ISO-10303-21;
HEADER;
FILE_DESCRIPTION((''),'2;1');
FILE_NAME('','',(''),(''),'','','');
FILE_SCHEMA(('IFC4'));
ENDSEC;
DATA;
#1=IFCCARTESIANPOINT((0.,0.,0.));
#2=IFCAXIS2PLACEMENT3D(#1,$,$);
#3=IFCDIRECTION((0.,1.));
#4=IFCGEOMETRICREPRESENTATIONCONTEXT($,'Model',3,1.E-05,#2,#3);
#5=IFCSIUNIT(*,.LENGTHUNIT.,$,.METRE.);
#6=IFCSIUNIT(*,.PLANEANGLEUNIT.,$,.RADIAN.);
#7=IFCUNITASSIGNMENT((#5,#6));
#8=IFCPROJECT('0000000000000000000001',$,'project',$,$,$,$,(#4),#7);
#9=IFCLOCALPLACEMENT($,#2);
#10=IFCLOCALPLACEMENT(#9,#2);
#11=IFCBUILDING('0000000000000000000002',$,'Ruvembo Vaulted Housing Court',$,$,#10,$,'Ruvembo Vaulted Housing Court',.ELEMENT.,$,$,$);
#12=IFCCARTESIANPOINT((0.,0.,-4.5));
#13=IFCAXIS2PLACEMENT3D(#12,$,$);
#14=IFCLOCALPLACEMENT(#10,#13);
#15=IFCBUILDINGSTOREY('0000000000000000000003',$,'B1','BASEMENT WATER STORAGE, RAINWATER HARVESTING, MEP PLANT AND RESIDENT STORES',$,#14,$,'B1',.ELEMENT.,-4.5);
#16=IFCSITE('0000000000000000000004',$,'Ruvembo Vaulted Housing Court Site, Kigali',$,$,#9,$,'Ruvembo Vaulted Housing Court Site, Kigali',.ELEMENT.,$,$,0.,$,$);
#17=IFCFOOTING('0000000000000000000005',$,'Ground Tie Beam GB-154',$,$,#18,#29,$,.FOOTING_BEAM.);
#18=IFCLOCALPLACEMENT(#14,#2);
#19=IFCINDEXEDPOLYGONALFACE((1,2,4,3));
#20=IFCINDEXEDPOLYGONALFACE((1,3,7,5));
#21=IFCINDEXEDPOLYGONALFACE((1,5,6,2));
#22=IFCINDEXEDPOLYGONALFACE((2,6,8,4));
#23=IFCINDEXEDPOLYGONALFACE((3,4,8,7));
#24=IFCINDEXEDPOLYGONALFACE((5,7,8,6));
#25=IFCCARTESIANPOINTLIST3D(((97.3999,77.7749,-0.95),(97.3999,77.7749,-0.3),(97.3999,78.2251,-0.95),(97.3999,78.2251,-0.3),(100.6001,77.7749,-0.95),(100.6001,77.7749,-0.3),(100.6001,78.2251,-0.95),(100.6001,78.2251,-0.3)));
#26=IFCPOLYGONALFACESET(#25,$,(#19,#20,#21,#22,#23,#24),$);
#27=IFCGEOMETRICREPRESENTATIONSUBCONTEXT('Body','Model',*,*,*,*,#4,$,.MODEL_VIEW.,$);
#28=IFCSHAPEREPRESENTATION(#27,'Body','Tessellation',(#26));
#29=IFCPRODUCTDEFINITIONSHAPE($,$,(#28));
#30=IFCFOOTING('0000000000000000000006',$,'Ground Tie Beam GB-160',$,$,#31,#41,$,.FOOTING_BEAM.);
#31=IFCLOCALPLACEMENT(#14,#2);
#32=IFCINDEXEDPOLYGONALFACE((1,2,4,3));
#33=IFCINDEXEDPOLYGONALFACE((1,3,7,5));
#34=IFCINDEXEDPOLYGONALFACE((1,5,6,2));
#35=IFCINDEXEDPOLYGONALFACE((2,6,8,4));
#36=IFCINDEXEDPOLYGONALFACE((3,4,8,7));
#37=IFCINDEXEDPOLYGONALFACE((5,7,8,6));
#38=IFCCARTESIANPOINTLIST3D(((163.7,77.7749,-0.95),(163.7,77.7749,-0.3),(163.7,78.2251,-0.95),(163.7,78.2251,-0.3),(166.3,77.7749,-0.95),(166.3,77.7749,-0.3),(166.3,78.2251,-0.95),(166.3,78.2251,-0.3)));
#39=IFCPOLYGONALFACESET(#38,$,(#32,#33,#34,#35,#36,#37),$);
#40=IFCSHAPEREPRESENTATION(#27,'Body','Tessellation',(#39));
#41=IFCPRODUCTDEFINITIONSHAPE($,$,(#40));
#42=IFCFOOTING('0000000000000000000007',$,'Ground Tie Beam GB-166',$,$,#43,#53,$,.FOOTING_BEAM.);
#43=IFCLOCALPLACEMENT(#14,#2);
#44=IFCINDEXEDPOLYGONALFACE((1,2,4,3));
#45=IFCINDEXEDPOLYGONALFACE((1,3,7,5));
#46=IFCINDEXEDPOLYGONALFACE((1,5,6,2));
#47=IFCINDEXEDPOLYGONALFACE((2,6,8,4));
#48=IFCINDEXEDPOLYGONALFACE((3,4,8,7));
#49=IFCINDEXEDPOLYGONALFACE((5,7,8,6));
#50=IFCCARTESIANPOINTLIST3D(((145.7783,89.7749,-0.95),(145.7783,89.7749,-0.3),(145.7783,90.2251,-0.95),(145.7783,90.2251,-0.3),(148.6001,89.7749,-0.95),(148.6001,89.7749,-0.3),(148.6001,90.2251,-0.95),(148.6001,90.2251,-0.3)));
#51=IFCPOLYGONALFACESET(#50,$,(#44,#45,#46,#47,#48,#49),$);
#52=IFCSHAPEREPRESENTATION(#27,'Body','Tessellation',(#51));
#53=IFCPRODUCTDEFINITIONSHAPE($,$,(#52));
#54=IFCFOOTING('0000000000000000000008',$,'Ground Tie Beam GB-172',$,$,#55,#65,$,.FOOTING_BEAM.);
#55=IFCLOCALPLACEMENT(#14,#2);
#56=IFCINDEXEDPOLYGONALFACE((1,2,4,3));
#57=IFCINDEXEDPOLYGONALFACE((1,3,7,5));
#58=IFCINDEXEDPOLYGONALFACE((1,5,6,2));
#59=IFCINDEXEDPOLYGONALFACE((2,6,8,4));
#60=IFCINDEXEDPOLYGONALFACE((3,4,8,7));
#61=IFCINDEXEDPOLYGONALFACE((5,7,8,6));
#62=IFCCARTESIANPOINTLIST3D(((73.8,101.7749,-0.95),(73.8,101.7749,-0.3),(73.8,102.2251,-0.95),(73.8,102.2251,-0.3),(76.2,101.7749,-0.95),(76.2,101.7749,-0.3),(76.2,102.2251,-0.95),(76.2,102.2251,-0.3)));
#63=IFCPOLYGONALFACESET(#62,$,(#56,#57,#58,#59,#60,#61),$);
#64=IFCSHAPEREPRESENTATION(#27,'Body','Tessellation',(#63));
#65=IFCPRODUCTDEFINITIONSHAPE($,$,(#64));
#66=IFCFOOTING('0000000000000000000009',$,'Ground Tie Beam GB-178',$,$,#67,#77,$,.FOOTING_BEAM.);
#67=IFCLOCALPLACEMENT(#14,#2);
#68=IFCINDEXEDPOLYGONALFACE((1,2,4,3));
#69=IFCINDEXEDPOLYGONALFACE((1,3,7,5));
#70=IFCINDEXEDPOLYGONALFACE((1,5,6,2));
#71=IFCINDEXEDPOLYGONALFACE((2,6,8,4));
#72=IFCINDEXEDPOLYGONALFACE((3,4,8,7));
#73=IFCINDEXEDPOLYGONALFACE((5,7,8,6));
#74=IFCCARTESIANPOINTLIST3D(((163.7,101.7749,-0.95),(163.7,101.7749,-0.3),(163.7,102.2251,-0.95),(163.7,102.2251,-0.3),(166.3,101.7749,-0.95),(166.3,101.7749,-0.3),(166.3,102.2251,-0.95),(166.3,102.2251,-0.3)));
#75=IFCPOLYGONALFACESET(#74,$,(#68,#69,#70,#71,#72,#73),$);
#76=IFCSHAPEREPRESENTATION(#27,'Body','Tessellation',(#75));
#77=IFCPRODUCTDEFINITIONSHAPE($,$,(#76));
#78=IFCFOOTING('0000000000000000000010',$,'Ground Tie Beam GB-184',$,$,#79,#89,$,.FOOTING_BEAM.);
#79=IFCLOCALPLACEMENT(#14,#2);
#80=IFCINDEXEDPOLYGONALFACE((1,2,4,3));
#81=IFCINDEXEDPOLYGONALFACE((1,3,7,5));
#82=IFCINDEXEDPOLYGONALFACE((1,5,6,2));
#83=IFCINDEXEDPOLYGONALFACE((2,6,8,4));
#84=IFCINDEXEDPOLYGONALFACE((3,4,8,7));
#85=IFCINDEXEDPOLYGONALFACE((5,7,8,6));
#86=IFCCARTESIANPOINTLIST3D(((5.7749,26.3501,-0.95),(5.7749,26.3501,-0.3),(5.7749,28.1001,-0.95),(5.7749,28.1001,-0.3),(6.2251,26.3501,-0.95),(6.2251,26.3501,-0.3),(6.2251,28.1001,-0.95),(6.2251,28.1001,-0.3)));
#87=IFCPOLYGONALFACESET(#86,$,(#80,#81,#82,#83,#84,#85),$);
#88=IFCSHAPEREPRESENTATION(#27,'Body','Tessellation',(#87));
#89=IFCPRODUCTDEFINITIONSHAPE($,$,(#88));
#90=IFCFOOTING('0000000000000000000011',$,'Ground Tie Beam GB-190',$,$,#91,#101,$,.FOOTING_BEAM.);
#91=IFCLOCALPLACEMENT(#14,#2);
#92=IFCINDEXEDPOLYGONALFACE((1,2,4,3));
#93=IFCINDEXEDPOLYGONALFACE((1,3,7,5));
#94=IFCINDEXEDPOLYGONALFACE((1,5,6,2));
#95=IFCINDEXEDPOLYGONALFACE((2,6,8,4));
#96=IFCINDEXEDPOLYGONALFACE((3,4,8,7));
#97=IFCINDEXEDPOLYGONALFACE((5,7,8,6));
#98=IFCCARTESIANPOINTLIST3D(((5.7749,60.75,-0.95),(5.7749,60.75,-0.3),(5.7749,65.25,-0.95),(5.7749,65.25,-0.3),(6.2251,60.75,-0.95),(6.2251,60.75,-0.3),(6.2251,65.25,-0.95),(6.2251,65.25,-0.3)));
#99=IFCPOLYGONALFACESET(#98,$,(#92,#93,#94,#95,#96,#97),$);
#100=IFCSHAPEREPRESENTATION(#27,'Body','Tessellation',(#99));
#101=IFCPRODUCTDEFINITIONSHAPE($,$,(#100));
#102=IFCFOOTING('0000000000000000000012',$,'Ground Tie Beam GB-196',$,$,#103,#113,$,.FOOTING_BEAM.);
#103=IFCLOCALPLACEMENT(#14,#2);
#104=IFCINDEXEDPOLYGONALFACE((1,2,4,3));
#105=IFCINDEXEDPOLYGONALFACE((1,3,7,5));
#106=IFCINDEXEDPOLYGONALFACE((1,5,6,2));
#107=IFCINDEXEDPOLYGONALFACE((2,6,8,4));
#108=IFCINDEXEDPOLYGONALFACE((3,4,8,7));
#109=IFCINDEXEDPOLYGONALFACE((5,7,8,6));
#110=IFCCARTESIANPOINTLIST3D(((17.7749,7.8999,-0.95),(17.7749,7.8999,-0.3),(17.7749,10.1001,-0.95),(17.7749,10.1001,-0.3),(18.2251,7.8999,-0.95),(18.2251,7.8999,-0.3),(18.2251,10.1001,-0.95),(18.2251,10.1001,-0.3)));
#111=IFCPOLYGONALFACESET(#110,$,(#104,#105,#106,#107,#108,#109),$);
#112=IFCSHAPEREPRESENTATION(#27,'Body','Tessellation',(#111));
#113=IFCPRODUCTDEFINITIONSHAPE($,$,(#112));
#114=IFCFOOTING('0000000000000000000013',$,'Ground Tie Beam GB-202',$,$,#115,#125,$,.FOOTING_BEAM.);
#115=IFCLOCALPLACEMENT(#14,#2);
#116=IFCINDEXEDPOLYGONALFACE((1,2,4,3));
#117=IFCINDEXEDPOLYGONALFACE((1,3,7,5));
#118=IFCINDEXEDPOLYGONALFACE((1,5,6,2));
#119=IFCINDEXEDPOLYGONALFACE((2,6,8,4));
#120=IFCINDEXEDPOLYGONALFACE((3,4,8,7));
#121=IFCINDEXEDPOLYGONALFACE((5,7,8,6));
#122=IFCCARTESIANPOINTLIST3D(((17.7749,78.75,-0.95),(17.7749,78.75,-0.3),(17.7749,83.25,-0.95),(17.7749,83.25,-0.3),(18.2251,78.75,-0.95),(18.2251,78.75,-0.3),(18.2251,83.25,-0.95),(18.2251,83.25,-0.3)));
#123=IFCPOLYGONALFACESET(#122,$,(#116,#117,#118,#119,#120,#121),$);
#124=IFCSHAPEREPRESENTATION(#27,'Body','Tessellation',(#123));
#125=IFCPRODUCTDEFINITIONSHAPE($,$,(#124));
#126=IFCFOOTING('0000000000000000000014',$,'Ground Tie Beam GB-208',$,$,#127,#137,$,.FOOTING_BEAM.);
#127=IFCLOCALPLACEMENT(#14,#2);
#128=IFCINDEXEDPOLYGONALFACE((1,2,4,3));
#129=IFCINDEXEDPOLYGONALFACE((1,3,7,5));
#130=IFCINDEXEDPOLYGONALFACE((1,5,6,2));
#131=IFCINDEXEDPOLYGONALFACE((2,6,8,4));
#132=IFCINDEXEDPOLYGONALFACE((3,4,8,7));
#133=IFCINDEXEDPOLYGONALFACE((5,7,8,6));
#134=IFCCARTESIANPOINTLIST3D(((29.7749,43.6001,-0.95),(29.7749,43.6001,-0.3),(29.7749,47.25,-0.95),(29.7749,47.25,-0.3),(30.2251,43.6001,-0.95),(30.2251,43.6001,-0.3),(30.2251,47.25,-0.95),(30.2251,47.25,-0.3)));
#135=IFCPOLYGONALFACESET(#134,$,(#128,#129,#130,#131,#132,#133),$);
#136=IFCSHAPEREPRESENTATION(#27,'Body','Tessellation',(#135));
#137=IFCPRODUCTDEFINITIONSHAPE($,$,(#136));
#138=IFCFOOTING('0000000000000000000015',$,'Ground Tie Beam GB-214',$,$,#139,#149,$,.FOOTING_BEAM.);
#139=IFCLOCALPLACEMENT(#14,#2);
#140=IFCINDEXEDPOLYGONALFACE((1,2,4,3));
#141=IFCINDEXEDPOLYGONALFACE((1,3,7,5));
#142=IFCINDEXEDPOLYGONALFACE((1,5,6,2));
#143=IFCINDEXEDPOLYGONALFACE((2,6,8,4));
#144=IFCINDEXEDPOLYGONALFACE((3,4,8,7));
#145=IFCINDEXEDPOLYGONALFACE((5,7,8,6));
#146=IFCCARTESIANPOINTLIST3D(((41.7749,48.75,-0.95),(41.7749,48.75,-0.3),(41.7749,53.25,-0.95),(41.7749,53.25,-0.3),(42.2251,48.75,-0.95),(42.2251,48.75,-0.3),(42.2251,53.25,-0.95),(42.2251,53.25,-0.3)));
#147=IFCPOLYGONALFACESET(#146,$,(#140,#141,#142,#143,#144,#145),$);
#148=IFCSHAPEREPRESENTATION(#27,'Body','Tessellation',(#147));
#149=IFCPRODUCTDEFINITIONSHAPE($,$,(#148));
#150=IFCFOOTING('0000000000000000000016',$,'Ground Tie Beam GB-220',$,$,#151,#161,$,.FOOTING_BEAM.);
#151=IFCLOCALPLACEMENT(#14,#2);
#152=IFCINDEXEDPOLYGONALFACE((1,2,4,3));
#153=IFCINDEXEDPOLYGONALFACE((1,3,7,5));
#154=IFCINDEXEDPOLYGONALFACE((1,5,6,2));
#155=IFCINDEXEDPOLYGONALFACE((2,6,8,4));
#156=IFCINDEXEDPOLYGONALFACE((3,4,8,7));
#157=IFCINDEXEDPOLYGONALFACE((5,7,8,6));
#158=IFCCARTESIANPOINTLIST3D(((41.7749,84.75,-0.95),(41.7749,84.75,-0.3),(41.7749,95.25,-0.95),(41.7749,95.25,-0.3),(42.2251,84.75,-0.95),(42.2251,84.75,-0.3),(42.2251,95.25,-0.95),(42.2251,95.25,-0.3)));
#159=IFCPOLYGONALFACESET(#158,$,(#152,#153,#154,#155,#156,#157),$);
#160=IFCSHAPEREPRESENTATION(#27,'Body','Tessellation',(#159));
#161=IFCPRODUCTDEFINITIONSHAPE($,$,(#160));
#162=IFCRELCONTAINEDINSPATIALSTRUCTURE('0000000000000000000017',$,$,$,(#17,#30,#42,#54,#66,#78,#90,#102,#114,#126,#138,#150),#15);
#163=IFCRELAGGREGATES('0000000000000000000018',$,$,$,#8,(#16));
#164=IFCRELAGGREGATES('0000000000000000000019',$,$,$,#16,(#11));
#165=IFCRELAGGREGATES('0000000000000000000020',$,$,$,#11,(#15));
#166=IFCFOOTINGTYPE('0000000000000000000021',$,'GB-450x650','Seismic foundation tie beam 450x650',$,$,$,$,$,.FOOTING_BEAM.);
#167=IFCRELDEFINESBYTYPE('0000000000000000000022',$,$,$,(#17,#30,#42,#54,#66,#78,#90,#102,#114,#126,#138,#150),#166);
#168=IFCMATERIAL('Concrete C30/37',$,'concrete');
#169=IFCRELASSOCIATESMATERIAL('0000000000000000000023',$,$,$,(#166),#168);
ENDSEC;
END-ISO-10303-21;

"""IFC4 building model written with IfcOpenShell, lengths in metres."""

from ifc_helpers import new_model, si_unit, direction, frame, origin, place, context, subcontext, project, spatial, polyline, outline, extrude, material, type_object, element, save


model = new_model("IFC4")

# Units and contexts
model_context = context("Model", 3, precision=1e-05, world=origin(), true_north=direction((0.0, 1.0)))
body_context = subcontext(model_context, "Body", "Model", "MODEL_VIEW")
ifc_project = project(units=[si_unit("LENGTHUNIT", "METRE"), si_unit("PLANEANGLEUNIT", "RADIAN")], contexts=[model_context])

# Site, building, storey
site_placement = place(None, origin())
site = spatial("IfcSite", under=ifc_project, at=site_placement, Name="Ruvembo Vaulted Housing Court Site, Kigali", LongName="Ruvembo Vaulted Housing Court Site, Kigali", CompositionType="ELEMENT", RefElevation=0.0)
building_placement = place(site_placement, origin())
building = spatial("IfcBuilding", under=site, at=building_placement, Name="Ruvembo Vaulted Housing Court", LongName="Ruvembo Vaulted Housing Court", CompositionType="ELEMENT")
storey_placement = place(building_placement, frame((0.0, 0.0, -4.5)))
storey = spatial("IfcBuildingStorey", under=building, at=storey_placement, Name="B1", Description="BASEMENT WATER STORAGE, RAINWATER HARVESTING, MEP PLANT AND RESIDENT STORES", LongName="B1", CompositionType="ELEMENT", Elevation=-4.5)

# Footings
ifc_material = material(Name="Concrete C30/37", Category="concrete")
footing_type_1 = type_object("IfcFootingType", Name="GB-450x650", Description="Seismic foundation tie beam 450x650", PredefinedType="FOOTING_BEAM", material=ifc_material)
footing_1_placement = place(storey_placement, frame((0.0, 0.0, -0.95)))
element("IfcFooting", 1, at=footing_1_placement, inside=storey, type_object=footing_type_1, Name="Ground Tie Beam GB-154", PredefinedType="FOOTING_BEAM", context=body_context, shape_type="SweptSolid", body=[
    extrude(outline(polyline([(97.3999, 77.7749), (100.6001, 77.7749), (100.6001, 78.2251), (97.3999, 78.2251), (97.3999, 77.7749)])), origin(), (0.0, 0.0, 1.0), 0.6499),
])
footing_2_placement = place(storey_placement, frame((0.0, 0.0, -0.95)))
element("IfcFooting", 2, at=footing_2_placement, inside=storey, type_object=footing_type_1, Name="Ground Tie Beam GB-160", PredefinedType="FOOTING_BEAM", context=body_context, shape_type="SweptSolid", body=[
    extrude(outline(polyline([(163.7, 77.7749), (166.3, 77.7749), (166.3, 78.2251), (163.7, 78.2251), (163.7, 77.7749)])), origin(), (0.0, 0.0, 1.0), 0.6499),
])
footing_3_placement = place(storey_placement, frame((0.0, 0.0, -0.95)))
element("IfcFooting", 3, at=footing_3_placement, inside=storey, type_object=footing_type_1, Name="Ground Tie Beam GB-166", PredefinedType="FOOTING_BEAM", context=body_context, shape_type="SweptSolid", body=[
    extrude(outline(polyline([(145.7783, 89.7749), (148.6001, 89.7749), (148.6001, 90.2251), (145.7783, 90.2251), (145.7783, 89.7749)])), origin(), (0.0, 0.0, 1.0), 0.6499),
])
footing_4_placement = place(storey_placement, frame((0.0, 0.0, -0.95)))
element("IfcFooting", 4, at=footing_4_placement, inside=storey, type_object=footing_type_1, Name="Ground Tie Beam GB-172", PredefinedType="FOOTING_BEAM", context=body_context, shape_type="SweptSolid", body=[
    extrude(outline(polyline([(73.8, 101.7749), (76.2, 101.7749), (76.2, 102.2251), (73.8, 102.2251), (73.8, 101.7749)])), origin(), (0.0, 0.0, 1.0), 0.6499),
])
footing_5_placement = place(storey_placement, frame((0.0, 0.0, -0.95)))
element("IfcFooting", 5, at=footing_5_placement, inside=storey, type_object=footing_type_1, Name="Ground Tie Beam GB-178", PredefinedType="FOOTING_BEAM", context=body_context, shape_type="SweptSolid", body=[
    extrude(outline(polyline([(163.7, 101.7749), (166.3, 101.7749), (166.3, 102.2251), (163.7, 102.2251), (163.7, 101.7749)])), origin(), (0.0, 0.0, 1.0), 0.6499),
])
footing_6_placement = place(storey_placement, frame((0.0, 0.0, -0.95)))
element("IfcFooting", 6, at=footing_6_placement, inside=storey, type_object=footing_type_1, Name="Ground Tie Beam GB-184", PredefinedType="FOOTING_BEAM", context=body_context, shape_type="SweptSolid", body=[
    extrude(outline(polyline([(5.7749, 26.3501), (6.2251, 26.3501), (6.2251, 28.1001), (5.7749, 28.1001), (5.7749, 26.3501)])), origin(), (0.0, 0.0, 1.0), 0.6499),
])
footing_7_placement = place(storey_placement, frame((0.0, 0.0, -0.95)))
element("IfcFooting", 7, at=footing_7_placement, inside=storey, type_object=footing_type_1, Name="Ground Tie Beam GB-190", PredefinedType="FOOTING_BEAM", context=body_context, shape_type="SweptSolid", body=[
    extrude(outline(polyline([(5.7749, 60.75), (6.2251, 60.75), (6.2251, 65.25), (5.7749, 65.25), (5.7749, 60.75)])), origin(), (0.0, 0.0, 1.0), 0.6499),
])
footing_8_placement = place(storey_placement, frame((0.0, 0.0, -0.95)))
element("IfcFooting", 8, at=footing_8_placement, inside=storey, type_object=footing_type_1, Name="Ground Tie Beam GB-196", PredefinedType="FOOTING_BEAM", context=body_context, shape_type="SweptSolid", body=[
    extrude(outline(polyline([(17.7749, 7.8999), (18.2251, 7.8999), (18.2251, 10.1001), (17.7749, 10.1001), (17.7749, 7.8999)])), origin(), (0.0, 0.0, 1.0), 0.6499),
])
footing_9_placement = place(storey_placement, frame((0.0, 0.0, -0.95)))
element("IfcFooting", 9, at=footing_9_placement, inside=storey, type_object=footing_type_1, Name="Ground Tie Beam GB-202", PredefinedType="FOOTING_BEAM", context=body_context, shape_type="SweptSolid", body=[
    extrude(outline(polyline([(17.7749, 78.75), (18.2251, 78.75), (18.2251, 83.25), (17.7749, 83.25), (17.7749, 78.75)])), origin(), (0.0, 0.0, 1.0), 0.6499),
])
footing_10_placement = place(storey_placement, frame((0.0, 0.0, -0.95)))
element("IfcFooting", 10, at=footing_10_placement, inside=storey, type_object=footing_type_1, Name="Ground Tie Beam GB-208", PredefinedType="FOOTING_BEAM", context=body_context, shape_type="SweptSolid", body=[
    extrude(outline(polyline([(29.7749, 43.6001), (30.2251, 43.6001), (30.2251, 47.25), (29.7749, 47.25), (29.7749, 43.6001)])), origin(), (0.0, 0.0, 1.0), 0.6499),
])
footing_11_placement = place(storey_placement, frame((0.0, 0.0, -0.95)))
element("IfcFooting", 11, at=footing_11_placement, inside=storey, type_object=footing_type_1, Name="Ground Tie Beam GB-214", PredefinedType="FOOTING_BEAM", context=body_context, shape_type="SweptSolid", body=[
    extrude(outline(polyline([(41.7749, 48.75), (42.2251, 48.75), (42.2251, 53.25), (41.7749, 53.25), (41.7749, 48.75)])), origin(), (0.0, 0.0, 1.0), 0.6499),
])
footing_12_placement = place(storey_placement, frame((0.0, 0.0, -0.95)))
element("IfcFooting", 12, at=footing_12_placement, inside=storey, type_object=footing_type_1, Name="Ground Tie Beam GB-220", PredefinedType="FOOTING_BEAM", context=body_context, shape_type="SweptSolid", body=[
    extrude(outline(polyline([(41.7749, 84.75), (42.2251, 84.75), (42.2251, 95.25), (41.7749, 95.25), (41.7749, 84.75)])), origin(), (0.0, 0.0, 1.0), 0.6499),
])

save(model, "model.ifc")
